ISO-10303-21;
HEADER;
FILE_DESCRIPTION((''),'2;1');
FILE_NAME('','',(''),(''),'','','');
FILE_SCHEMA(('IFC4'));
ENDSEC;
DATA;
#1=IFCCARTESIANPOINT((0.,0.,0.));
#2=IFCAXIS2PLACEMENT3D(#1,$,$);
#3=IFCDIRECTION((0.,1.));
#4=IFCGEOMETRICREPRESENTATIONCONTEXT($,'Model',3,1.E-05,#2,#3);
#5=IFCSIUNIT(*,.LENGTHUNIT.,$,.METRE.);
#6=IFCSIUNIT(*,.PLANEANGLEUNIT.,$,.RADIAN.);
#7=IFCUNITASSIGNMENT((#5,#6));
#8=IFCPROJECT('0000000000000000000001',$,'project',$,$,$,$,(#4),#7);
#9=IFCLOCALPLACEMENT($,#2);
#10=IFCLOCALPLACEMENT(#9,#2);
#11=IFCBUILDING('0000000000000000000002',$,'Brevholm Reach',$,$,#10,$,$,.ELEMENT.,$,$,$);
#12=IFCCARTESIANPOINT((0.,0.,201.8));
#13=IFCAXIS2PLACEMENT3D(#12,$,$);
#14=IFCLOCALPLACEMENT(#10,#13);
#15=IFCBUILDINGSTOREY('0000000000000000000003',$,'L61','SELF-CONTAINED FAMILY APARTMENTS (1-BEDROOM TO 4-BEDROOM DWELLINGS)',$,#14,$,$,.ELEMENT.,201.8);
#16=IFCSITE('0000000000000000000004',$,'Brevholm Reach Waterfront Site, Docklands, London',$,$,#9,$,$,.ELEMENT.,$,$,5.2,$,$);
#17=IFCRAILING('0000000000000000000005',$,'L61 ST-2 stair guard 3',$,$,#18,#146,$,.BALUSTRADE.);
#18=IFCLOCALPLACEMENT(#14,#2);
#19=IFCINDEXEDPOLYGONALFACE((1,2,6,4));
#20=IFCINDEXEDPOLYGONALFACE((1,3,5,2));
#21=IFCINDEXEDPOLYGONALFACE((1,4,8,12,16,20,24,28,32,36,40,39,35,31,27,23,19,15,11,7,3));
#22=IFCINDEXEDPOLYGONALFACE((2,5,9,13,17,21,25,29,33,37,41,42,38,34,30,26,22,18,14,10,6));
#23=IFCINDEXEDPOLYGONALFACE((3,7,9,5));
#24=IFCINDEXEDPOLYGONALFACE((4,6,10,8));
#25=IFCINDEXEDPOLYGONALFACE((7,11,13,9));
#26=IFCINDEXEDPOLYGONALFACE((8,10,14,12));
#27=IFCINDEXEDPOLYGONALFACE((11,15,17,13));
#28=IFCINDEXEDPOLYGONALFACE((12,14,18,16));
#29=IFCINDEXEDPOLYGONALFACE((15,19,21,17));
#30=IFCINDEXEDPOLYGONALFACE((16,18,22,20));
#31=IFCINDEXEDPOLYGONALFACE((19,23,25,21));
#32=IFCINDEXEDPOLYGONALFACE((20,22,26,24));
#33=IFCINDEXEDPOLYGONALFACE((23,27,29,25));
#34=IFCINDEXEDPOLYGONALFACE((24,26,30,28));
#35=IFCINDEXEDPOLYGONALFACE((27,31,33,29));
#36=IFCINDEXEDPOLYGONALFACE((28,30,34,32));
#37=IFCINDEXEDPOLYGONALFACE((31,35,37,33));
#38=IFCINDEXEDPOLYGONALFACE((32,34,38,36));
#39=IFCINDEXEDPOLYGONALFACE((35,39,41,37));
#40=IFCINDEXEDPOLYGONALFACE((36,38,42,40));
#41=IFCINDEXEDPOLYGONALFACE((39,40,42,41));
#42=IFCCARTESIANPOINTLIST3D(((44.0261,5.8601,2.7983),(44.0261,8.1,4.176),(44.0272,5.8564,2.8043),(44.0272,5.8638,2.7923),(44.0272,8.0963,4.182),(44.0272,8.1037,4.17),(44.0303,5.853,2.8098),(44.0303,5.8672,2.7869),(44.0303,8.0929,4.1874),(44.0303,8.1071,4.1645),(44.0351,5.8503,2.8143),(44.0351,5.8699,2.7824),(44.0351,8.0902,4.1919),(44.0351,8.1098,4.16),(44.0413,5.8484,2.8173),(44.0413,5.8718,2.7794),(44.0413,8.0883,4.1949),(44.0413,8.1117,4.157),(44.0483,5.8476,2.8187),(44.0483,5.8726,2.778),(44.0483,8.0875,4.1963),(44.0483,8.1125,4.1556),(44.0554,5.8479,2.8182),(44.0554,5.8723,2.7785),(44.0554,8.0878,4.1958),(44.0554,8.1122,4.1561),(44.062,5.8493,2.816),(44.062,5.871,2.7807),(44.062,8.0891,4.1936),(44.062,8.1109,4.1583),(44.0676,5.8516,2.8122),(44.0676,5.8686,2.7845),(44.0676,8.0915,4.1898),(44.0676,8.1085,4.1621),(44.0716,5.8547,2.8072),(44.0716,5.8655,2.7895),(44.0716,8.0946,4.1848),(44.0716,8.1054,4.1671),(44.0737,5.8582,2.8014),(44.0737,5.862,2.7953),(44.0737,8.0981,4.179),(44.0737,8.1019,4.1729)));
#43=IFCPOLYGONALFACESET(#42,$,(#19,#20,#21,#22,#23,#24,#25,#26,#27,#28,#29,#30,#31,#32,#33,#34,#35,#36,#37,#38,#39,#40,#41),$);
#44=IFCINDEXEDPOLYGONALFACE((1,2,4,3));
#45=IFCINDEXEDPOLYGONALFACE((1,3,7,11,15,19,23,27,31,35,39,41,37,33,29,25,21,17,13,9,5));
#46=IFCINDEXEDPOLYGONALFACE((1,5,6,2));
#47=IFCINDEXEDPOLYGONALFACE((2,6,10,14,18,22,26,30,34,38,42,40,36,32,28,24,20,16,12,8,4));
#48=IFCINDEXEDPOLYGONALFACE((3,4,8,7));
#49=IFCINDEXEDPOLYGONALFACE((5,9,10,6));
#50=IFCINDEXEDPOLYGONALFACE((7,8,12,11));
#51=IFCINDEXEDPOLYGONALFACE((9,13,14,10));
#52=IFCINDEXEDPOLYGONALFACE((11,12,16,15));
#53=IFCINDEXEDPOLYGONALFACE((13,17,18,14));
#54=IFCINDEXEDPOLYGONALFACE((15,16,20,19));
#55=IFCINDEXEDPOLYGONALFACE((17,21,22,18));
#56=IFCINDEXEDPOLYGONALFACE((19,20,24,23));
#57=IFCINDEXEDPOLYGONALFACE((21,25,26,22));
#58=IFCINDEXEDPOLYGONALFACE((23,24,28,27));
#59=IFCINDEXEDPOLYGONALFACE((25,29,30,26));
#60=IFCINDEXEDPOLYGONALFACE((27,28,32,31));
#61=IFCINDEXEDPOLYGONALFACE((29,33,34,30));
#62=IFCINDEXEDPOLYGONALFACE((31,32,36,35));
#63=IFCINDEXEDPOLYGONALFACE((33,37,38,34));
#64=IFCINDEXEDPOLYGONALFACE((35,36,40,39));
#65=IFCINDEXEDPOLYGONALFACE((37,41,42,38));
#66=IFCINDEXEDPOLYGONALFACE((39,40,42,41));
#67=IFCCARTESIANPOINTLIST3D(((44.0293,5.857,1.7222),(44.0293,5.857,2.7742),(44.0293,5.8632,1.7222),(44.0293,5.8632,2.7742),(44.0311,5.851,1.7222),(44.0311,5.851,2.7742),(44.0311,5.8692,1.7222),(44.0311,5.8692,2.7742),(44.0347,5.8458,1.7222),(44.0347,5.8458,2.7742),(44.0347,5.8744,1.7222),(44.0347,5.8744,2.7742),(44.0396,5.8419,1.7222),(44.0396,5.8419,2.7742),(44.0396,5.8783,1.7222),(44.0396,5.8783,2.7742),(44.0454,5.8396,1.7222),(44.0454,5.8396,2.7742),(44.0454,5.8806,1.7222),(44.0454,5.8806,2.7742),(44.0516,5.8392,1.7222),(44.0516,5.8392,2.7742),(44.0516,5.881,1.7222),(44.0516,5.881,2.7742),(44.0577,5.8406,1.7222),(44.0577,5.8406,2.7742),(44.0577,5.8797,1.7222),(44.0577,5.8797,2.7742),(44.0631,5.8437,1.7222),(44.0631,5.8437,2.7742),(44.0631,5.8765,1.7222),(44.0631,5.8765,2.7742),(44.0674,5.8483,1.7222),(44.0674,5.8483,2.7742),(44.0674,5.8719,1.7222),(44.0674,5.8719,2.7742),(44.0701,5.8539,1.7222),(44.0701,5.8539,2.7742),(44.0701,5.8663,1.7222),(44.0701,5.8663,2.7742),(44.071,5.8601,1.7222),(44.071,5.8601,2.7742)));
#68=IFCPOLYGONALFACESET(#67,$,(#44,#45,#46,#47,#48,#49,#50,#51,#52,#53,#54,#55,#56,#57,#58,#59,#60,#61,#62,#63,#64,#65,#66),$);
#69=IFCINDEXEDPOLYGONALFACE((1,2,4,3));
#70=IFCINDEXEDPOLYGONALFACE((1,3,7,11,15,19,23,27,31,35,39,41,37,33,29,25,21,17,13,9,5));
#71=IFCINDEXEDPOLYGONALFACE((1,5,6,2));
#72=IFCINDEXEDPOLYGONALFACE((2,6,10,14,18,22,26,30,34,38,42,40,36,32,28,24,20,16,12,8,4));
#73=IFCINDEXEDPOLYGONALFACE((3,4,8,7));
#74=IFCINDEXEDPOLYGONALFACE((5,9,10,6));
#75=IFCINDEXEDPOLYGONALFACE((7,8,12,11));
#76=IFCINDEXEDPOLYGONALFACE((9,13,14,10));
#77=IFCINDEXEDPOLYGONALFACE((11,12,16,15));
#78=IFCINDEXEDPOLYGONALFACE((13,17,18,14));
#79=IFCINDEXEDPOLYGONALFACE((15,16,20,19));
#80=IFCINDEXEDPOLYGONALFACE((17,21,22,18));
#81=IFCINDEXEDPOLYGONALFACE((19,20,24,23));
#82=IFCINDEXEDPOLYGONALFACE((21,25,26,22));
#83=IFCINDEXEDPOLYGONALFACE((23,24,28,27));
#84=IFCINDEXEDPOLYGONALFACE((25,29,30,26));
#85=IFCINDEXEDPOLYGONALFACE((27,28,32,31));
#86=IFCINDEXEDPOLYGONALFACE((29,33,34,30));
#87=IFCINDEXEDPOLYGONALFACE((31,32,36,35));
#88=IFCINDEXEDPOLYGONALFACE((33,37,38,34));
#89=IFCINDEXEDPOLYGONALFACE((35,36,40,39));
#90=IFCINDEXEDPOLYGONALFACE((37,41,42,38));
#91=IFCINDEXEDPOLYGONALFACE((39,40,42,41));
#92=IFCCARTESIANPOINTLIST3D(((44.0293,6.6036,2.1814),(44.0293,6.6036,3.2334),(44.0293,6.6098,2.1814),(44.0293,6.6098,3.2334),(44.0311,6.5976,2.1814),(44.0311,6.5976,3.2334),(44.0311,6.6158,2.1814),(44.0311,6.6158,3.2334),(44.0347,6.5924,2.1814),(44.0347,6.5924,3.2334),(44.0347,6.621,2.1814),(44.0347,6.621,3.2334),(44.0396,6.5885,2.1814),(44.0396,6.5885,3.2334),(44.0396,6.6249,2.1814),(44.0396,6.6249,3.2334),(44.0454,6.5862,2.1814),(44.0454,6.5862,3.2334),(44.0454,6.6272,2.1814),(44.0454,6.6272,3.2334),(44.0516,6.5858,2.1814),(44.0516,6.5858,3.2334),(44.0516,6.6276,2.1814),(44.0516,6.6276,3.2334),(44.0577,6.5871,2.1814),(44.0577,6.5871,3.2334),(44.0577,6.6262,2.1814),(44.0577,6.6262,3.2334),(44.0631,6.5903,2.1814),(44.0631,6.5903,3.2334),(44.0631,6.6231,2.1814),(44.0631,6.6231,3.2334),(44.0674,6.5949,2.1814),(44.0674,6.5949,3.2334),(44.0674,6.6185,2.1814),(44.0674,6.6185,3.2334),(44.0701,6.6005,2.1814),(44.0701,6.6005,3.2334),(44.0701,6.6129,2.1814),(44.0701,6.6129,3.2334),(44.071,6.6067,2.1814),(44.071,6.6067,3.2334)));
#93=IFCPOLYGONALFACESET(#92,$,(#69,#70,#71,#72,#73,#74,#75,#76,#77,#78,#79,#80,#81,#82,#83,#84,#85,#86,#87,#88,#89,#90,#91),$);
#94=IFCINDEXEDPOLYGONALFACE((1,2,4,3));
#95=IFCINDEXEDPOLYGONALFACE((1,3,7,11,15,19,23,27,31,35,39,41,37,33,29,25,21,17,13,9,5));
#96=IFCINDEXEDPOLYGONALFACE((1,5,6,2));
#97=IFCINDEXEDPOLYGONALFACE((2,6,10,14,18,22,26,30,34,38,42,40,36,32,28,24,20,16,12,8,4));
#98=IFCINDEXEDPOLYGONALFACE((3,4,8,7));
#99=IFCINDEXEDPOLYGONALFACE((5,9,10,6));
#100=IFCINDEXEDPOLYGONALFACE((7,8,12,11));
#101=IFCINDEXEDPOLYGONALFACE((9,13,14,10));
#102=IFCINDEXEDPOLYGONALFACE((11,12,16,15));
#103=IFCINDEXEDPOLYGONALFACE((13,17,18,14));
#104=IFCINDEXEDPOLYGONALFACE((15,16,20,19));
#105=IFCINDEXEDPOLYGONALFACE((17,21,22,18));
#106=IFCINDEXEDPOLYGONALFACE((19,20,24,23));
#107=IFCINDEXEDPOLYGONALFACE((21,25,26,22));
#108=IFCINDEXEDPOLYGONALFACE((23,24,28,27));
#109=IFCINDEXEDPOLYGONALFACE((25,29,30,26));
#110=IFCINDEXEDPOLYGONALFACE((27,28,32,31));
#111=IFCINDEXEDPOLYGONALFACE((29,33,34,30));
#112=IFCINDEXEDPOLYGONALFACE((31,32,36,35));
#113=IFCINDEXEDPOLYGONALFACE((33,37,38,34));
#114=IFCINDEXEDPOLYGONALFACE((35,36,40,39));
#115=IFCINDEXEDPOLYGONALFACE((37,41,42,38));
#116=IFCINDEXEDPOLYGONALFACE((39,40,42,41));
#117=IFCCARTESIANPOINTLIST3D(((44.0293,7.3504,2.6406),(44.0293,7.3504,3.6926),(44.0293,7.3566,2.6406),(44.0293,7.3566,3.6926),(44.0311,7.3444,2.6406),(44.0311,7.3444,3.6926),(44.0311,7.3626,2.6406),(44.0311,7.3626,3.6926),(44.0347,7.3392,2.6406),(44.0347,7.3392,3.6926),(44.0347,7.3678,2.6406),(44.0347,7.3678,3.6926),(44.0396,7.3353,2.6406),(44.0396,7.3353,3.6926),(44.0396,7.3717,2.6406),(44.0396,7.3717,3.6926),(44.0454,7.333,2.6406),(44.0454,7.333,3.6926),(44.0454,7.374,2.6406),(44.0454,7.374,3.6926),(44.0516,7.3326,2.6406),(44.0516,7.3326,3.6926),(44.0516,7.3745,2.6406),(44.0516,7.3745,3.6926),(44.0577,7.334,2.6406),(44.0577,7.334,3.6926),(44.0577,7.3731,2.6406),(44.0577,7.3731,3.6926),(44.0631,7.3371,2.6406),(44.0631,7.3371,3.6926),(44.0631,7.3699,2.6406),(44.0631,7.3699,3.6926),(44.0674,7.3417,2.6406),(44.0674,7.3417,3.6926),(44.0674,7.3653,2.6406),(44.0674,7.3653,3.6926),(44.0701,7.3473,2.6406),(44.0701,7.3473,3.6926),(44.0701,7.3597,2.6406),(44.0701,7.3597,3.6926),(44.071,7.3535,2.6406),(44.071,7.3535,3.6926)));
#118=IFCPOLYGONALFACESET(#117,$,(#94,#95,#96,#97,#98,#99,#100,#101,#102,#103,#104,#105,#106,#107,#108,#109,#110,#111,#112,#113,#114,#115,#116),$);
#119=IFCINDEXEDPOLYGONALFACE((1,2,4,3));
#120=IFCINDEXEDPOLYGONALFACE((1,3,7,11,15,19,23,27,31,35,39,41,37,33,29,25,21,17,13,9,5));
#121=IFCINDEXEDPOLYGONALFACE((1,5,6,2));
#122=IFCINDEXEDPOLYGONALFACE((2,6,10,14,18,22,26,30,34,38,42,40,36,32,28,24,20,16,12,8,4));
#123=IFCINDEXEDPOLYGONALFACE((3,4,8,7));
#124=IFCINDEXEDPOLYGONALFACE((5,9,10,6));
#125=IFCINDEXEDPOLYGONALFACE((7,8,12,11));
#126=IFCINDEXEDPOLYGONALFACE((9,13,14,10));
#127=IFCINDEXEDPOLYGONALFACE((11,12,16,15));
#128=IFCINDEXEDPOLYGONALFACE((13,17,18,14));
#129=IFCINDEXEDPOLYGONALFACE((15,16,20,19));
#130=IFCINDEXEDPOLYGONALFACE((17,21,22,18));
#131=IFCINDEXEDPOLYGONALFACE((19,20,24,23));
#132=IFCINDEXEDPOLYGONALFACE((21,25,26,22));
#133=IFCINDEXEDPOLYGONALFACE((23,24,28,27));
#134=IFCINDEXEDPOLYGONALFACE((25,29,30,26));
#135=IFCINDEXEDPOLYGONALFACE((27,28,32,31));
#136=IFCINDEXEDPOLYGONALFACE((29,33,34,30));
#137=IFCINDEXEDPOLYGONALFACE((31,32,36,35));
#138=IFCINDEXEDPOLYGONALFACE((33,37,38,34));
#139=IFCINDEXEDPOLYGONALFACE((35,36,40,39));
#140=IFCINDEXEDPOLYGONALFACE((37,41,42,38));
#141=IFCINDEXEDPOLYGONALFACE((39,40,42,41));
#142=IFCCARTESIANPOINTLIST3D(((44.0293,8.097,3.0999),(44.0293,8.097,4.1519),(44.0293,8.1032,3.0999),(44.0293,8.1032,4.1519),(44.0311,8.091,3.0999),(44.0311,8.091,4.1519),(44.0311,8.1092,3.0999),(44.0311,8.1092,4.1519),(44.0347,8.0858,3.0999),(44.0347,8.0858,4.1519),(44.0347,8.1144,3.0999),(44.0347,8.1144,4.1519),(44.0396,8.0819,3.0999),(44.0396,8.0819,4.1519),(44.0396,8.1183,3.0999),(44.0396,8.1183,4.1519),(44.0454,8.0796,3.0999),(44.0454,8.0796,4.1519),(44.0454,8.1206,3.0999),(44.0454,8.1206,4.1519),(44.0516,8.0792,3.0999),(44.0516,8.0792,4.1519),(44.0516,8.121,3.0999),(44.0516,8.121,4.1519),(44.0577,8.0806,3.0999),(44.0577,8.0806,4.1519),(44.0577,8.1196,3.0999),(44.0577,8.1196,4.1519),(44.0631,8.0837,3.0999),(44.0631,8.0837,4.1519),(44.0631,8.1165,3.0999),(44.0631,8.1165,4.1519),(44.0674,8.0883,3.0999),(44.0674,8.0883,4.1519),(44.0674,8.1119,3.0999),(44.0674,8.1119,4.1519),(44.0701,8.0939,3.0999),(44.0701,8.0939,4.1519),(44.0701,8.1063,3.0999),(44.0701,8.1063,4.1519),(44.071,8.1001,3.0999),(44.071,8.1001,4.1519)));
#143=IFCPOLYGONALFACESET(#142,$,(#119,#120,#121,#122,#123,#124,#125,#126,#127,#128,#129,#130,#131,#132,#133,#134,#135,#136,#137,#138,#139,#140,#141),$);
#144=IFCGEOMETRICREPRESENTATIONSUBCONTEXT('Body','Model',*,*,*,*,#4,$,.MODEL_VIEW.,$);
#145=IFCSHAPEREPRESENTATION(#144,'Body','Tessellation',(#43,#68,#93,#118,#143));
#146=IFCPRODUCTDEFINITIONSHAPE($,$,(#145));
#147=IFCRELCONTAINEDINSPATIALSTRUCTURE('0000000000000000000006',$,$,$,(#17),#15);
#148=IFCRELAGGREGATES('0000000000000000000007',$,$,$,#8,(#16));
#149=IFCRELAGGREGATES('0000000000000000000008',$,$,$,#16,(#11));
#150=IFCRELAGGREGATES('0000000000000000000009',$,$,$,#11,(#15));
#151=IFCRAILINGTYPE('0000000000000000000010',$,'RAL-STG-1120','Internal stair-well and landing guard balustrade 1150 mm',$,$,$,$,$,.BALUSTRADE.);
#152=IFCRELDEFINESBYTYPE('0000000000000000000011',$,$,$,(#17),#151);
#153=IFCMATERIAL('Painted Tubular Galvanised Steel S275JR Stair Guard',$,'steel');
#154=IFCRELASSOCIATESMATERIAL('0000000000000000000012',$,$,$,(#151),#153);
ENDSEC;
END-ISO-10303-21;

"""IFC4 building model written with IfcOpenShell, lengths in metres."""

from ifc_helpers import new_model, si_unit, direction, frame, origin, origin_2d, place, context, subcontext, project, spatial, circle, extrude, material, type_object, element, save


model = new_model("IFC4")

# Units and contexts
model_context = context("Model", 3, precision=1e-05, world=origin(), true_north=direction((0.0, 1.0)))
body_context = subcontext(model_context, "Body", "Model", "MODEL_VIEW")
ifc_project = project(units=[si_unit("LENGTHUNIT", "METRE"), si_unit("PLANEANGLEUNIT", "RADIAN")], contexts=[model_context])

# Site, building, storey
site_placement = place(None, origin())
site = spatial("IfcSite", under=ifc_project, at=site_placement, Name="Brevholm Reach Waterfront Site, Docklands, London", CompositionType="ELEMENT", RefElevation=5.2)
building_placement = place(site_placement, origin())
building = spatial("IfcBuilding", under=site, at=building_placement, Name="Brevholm Reach", CompositionType="ELEMENT")
storey_placement = place(building_placement, frame((0.0, 0.0, 201.8)))
storey = spatial("IfcBuildingStorey", under=building, at=storey_placement, Name="L61", Description="SELF-CONTAINED FAMILY APARTMENTS (1-BEDROOM TO 4-BEDROOM DWELLINGS)", CompositionType="ELEMENT", Elevation=201.8)

# Railing
ifc_material_1 = material(Name="Painted Tubular Galvanised Steel S275JR Stair Guard", Category="steel")
railing_type_1 = type_object("IfcRailingType", Name="RAL-STG-1120", Description="Internal stair-well and landing guard balustrade 1150 mm", PredefinedType="BALUSTRADE", material=ifc_material_1)
railing_1_placement = place(storey_placement, frame((44.05, 5.8601, 1.7222)))
element("IfcRailing", 1, at=railing_1_placement, inside=storey, type_object=railing_type_1, Name="L61 ST-2 stair guard 3", PredefinedType="BALUSTRADE", context=body_context, shape_type="SweptSolid", body=[
    extrude(circle(Radius=0.0239, at=origin_2d()), frame((0.0, 0.0, 1.0762), z_axis=(0.0, 0.851789, 0.523885), x_axis=(-1.0, 0.0, 0.0)), (0.0, 0.0, 1.0), 2.6296),
    extrude(circle(Radius=0.021, at=origin_2d()), origin(), (0.0, 0.0, 1.0), 1.052),
    extrude(circle(Radius=0.021, at=origin_2d()), frame((0.0, 0.7466, 0.4592)), (0.0, 0.0, 1.0), 1.052),
    extrude(circle(Radius=0.021, at=origin_2d()), frame((0.0, 1.4934, 0.9185)), (0.0, 0.0, 1.0), 1.052),
    extrude(circle(Radius=0.021, at=origin_2d()), frame((0.0, 2.24, 1.3777)), (0.0, 0.0, 1.0), 1.052),
])

save(model, "model.ifc")
